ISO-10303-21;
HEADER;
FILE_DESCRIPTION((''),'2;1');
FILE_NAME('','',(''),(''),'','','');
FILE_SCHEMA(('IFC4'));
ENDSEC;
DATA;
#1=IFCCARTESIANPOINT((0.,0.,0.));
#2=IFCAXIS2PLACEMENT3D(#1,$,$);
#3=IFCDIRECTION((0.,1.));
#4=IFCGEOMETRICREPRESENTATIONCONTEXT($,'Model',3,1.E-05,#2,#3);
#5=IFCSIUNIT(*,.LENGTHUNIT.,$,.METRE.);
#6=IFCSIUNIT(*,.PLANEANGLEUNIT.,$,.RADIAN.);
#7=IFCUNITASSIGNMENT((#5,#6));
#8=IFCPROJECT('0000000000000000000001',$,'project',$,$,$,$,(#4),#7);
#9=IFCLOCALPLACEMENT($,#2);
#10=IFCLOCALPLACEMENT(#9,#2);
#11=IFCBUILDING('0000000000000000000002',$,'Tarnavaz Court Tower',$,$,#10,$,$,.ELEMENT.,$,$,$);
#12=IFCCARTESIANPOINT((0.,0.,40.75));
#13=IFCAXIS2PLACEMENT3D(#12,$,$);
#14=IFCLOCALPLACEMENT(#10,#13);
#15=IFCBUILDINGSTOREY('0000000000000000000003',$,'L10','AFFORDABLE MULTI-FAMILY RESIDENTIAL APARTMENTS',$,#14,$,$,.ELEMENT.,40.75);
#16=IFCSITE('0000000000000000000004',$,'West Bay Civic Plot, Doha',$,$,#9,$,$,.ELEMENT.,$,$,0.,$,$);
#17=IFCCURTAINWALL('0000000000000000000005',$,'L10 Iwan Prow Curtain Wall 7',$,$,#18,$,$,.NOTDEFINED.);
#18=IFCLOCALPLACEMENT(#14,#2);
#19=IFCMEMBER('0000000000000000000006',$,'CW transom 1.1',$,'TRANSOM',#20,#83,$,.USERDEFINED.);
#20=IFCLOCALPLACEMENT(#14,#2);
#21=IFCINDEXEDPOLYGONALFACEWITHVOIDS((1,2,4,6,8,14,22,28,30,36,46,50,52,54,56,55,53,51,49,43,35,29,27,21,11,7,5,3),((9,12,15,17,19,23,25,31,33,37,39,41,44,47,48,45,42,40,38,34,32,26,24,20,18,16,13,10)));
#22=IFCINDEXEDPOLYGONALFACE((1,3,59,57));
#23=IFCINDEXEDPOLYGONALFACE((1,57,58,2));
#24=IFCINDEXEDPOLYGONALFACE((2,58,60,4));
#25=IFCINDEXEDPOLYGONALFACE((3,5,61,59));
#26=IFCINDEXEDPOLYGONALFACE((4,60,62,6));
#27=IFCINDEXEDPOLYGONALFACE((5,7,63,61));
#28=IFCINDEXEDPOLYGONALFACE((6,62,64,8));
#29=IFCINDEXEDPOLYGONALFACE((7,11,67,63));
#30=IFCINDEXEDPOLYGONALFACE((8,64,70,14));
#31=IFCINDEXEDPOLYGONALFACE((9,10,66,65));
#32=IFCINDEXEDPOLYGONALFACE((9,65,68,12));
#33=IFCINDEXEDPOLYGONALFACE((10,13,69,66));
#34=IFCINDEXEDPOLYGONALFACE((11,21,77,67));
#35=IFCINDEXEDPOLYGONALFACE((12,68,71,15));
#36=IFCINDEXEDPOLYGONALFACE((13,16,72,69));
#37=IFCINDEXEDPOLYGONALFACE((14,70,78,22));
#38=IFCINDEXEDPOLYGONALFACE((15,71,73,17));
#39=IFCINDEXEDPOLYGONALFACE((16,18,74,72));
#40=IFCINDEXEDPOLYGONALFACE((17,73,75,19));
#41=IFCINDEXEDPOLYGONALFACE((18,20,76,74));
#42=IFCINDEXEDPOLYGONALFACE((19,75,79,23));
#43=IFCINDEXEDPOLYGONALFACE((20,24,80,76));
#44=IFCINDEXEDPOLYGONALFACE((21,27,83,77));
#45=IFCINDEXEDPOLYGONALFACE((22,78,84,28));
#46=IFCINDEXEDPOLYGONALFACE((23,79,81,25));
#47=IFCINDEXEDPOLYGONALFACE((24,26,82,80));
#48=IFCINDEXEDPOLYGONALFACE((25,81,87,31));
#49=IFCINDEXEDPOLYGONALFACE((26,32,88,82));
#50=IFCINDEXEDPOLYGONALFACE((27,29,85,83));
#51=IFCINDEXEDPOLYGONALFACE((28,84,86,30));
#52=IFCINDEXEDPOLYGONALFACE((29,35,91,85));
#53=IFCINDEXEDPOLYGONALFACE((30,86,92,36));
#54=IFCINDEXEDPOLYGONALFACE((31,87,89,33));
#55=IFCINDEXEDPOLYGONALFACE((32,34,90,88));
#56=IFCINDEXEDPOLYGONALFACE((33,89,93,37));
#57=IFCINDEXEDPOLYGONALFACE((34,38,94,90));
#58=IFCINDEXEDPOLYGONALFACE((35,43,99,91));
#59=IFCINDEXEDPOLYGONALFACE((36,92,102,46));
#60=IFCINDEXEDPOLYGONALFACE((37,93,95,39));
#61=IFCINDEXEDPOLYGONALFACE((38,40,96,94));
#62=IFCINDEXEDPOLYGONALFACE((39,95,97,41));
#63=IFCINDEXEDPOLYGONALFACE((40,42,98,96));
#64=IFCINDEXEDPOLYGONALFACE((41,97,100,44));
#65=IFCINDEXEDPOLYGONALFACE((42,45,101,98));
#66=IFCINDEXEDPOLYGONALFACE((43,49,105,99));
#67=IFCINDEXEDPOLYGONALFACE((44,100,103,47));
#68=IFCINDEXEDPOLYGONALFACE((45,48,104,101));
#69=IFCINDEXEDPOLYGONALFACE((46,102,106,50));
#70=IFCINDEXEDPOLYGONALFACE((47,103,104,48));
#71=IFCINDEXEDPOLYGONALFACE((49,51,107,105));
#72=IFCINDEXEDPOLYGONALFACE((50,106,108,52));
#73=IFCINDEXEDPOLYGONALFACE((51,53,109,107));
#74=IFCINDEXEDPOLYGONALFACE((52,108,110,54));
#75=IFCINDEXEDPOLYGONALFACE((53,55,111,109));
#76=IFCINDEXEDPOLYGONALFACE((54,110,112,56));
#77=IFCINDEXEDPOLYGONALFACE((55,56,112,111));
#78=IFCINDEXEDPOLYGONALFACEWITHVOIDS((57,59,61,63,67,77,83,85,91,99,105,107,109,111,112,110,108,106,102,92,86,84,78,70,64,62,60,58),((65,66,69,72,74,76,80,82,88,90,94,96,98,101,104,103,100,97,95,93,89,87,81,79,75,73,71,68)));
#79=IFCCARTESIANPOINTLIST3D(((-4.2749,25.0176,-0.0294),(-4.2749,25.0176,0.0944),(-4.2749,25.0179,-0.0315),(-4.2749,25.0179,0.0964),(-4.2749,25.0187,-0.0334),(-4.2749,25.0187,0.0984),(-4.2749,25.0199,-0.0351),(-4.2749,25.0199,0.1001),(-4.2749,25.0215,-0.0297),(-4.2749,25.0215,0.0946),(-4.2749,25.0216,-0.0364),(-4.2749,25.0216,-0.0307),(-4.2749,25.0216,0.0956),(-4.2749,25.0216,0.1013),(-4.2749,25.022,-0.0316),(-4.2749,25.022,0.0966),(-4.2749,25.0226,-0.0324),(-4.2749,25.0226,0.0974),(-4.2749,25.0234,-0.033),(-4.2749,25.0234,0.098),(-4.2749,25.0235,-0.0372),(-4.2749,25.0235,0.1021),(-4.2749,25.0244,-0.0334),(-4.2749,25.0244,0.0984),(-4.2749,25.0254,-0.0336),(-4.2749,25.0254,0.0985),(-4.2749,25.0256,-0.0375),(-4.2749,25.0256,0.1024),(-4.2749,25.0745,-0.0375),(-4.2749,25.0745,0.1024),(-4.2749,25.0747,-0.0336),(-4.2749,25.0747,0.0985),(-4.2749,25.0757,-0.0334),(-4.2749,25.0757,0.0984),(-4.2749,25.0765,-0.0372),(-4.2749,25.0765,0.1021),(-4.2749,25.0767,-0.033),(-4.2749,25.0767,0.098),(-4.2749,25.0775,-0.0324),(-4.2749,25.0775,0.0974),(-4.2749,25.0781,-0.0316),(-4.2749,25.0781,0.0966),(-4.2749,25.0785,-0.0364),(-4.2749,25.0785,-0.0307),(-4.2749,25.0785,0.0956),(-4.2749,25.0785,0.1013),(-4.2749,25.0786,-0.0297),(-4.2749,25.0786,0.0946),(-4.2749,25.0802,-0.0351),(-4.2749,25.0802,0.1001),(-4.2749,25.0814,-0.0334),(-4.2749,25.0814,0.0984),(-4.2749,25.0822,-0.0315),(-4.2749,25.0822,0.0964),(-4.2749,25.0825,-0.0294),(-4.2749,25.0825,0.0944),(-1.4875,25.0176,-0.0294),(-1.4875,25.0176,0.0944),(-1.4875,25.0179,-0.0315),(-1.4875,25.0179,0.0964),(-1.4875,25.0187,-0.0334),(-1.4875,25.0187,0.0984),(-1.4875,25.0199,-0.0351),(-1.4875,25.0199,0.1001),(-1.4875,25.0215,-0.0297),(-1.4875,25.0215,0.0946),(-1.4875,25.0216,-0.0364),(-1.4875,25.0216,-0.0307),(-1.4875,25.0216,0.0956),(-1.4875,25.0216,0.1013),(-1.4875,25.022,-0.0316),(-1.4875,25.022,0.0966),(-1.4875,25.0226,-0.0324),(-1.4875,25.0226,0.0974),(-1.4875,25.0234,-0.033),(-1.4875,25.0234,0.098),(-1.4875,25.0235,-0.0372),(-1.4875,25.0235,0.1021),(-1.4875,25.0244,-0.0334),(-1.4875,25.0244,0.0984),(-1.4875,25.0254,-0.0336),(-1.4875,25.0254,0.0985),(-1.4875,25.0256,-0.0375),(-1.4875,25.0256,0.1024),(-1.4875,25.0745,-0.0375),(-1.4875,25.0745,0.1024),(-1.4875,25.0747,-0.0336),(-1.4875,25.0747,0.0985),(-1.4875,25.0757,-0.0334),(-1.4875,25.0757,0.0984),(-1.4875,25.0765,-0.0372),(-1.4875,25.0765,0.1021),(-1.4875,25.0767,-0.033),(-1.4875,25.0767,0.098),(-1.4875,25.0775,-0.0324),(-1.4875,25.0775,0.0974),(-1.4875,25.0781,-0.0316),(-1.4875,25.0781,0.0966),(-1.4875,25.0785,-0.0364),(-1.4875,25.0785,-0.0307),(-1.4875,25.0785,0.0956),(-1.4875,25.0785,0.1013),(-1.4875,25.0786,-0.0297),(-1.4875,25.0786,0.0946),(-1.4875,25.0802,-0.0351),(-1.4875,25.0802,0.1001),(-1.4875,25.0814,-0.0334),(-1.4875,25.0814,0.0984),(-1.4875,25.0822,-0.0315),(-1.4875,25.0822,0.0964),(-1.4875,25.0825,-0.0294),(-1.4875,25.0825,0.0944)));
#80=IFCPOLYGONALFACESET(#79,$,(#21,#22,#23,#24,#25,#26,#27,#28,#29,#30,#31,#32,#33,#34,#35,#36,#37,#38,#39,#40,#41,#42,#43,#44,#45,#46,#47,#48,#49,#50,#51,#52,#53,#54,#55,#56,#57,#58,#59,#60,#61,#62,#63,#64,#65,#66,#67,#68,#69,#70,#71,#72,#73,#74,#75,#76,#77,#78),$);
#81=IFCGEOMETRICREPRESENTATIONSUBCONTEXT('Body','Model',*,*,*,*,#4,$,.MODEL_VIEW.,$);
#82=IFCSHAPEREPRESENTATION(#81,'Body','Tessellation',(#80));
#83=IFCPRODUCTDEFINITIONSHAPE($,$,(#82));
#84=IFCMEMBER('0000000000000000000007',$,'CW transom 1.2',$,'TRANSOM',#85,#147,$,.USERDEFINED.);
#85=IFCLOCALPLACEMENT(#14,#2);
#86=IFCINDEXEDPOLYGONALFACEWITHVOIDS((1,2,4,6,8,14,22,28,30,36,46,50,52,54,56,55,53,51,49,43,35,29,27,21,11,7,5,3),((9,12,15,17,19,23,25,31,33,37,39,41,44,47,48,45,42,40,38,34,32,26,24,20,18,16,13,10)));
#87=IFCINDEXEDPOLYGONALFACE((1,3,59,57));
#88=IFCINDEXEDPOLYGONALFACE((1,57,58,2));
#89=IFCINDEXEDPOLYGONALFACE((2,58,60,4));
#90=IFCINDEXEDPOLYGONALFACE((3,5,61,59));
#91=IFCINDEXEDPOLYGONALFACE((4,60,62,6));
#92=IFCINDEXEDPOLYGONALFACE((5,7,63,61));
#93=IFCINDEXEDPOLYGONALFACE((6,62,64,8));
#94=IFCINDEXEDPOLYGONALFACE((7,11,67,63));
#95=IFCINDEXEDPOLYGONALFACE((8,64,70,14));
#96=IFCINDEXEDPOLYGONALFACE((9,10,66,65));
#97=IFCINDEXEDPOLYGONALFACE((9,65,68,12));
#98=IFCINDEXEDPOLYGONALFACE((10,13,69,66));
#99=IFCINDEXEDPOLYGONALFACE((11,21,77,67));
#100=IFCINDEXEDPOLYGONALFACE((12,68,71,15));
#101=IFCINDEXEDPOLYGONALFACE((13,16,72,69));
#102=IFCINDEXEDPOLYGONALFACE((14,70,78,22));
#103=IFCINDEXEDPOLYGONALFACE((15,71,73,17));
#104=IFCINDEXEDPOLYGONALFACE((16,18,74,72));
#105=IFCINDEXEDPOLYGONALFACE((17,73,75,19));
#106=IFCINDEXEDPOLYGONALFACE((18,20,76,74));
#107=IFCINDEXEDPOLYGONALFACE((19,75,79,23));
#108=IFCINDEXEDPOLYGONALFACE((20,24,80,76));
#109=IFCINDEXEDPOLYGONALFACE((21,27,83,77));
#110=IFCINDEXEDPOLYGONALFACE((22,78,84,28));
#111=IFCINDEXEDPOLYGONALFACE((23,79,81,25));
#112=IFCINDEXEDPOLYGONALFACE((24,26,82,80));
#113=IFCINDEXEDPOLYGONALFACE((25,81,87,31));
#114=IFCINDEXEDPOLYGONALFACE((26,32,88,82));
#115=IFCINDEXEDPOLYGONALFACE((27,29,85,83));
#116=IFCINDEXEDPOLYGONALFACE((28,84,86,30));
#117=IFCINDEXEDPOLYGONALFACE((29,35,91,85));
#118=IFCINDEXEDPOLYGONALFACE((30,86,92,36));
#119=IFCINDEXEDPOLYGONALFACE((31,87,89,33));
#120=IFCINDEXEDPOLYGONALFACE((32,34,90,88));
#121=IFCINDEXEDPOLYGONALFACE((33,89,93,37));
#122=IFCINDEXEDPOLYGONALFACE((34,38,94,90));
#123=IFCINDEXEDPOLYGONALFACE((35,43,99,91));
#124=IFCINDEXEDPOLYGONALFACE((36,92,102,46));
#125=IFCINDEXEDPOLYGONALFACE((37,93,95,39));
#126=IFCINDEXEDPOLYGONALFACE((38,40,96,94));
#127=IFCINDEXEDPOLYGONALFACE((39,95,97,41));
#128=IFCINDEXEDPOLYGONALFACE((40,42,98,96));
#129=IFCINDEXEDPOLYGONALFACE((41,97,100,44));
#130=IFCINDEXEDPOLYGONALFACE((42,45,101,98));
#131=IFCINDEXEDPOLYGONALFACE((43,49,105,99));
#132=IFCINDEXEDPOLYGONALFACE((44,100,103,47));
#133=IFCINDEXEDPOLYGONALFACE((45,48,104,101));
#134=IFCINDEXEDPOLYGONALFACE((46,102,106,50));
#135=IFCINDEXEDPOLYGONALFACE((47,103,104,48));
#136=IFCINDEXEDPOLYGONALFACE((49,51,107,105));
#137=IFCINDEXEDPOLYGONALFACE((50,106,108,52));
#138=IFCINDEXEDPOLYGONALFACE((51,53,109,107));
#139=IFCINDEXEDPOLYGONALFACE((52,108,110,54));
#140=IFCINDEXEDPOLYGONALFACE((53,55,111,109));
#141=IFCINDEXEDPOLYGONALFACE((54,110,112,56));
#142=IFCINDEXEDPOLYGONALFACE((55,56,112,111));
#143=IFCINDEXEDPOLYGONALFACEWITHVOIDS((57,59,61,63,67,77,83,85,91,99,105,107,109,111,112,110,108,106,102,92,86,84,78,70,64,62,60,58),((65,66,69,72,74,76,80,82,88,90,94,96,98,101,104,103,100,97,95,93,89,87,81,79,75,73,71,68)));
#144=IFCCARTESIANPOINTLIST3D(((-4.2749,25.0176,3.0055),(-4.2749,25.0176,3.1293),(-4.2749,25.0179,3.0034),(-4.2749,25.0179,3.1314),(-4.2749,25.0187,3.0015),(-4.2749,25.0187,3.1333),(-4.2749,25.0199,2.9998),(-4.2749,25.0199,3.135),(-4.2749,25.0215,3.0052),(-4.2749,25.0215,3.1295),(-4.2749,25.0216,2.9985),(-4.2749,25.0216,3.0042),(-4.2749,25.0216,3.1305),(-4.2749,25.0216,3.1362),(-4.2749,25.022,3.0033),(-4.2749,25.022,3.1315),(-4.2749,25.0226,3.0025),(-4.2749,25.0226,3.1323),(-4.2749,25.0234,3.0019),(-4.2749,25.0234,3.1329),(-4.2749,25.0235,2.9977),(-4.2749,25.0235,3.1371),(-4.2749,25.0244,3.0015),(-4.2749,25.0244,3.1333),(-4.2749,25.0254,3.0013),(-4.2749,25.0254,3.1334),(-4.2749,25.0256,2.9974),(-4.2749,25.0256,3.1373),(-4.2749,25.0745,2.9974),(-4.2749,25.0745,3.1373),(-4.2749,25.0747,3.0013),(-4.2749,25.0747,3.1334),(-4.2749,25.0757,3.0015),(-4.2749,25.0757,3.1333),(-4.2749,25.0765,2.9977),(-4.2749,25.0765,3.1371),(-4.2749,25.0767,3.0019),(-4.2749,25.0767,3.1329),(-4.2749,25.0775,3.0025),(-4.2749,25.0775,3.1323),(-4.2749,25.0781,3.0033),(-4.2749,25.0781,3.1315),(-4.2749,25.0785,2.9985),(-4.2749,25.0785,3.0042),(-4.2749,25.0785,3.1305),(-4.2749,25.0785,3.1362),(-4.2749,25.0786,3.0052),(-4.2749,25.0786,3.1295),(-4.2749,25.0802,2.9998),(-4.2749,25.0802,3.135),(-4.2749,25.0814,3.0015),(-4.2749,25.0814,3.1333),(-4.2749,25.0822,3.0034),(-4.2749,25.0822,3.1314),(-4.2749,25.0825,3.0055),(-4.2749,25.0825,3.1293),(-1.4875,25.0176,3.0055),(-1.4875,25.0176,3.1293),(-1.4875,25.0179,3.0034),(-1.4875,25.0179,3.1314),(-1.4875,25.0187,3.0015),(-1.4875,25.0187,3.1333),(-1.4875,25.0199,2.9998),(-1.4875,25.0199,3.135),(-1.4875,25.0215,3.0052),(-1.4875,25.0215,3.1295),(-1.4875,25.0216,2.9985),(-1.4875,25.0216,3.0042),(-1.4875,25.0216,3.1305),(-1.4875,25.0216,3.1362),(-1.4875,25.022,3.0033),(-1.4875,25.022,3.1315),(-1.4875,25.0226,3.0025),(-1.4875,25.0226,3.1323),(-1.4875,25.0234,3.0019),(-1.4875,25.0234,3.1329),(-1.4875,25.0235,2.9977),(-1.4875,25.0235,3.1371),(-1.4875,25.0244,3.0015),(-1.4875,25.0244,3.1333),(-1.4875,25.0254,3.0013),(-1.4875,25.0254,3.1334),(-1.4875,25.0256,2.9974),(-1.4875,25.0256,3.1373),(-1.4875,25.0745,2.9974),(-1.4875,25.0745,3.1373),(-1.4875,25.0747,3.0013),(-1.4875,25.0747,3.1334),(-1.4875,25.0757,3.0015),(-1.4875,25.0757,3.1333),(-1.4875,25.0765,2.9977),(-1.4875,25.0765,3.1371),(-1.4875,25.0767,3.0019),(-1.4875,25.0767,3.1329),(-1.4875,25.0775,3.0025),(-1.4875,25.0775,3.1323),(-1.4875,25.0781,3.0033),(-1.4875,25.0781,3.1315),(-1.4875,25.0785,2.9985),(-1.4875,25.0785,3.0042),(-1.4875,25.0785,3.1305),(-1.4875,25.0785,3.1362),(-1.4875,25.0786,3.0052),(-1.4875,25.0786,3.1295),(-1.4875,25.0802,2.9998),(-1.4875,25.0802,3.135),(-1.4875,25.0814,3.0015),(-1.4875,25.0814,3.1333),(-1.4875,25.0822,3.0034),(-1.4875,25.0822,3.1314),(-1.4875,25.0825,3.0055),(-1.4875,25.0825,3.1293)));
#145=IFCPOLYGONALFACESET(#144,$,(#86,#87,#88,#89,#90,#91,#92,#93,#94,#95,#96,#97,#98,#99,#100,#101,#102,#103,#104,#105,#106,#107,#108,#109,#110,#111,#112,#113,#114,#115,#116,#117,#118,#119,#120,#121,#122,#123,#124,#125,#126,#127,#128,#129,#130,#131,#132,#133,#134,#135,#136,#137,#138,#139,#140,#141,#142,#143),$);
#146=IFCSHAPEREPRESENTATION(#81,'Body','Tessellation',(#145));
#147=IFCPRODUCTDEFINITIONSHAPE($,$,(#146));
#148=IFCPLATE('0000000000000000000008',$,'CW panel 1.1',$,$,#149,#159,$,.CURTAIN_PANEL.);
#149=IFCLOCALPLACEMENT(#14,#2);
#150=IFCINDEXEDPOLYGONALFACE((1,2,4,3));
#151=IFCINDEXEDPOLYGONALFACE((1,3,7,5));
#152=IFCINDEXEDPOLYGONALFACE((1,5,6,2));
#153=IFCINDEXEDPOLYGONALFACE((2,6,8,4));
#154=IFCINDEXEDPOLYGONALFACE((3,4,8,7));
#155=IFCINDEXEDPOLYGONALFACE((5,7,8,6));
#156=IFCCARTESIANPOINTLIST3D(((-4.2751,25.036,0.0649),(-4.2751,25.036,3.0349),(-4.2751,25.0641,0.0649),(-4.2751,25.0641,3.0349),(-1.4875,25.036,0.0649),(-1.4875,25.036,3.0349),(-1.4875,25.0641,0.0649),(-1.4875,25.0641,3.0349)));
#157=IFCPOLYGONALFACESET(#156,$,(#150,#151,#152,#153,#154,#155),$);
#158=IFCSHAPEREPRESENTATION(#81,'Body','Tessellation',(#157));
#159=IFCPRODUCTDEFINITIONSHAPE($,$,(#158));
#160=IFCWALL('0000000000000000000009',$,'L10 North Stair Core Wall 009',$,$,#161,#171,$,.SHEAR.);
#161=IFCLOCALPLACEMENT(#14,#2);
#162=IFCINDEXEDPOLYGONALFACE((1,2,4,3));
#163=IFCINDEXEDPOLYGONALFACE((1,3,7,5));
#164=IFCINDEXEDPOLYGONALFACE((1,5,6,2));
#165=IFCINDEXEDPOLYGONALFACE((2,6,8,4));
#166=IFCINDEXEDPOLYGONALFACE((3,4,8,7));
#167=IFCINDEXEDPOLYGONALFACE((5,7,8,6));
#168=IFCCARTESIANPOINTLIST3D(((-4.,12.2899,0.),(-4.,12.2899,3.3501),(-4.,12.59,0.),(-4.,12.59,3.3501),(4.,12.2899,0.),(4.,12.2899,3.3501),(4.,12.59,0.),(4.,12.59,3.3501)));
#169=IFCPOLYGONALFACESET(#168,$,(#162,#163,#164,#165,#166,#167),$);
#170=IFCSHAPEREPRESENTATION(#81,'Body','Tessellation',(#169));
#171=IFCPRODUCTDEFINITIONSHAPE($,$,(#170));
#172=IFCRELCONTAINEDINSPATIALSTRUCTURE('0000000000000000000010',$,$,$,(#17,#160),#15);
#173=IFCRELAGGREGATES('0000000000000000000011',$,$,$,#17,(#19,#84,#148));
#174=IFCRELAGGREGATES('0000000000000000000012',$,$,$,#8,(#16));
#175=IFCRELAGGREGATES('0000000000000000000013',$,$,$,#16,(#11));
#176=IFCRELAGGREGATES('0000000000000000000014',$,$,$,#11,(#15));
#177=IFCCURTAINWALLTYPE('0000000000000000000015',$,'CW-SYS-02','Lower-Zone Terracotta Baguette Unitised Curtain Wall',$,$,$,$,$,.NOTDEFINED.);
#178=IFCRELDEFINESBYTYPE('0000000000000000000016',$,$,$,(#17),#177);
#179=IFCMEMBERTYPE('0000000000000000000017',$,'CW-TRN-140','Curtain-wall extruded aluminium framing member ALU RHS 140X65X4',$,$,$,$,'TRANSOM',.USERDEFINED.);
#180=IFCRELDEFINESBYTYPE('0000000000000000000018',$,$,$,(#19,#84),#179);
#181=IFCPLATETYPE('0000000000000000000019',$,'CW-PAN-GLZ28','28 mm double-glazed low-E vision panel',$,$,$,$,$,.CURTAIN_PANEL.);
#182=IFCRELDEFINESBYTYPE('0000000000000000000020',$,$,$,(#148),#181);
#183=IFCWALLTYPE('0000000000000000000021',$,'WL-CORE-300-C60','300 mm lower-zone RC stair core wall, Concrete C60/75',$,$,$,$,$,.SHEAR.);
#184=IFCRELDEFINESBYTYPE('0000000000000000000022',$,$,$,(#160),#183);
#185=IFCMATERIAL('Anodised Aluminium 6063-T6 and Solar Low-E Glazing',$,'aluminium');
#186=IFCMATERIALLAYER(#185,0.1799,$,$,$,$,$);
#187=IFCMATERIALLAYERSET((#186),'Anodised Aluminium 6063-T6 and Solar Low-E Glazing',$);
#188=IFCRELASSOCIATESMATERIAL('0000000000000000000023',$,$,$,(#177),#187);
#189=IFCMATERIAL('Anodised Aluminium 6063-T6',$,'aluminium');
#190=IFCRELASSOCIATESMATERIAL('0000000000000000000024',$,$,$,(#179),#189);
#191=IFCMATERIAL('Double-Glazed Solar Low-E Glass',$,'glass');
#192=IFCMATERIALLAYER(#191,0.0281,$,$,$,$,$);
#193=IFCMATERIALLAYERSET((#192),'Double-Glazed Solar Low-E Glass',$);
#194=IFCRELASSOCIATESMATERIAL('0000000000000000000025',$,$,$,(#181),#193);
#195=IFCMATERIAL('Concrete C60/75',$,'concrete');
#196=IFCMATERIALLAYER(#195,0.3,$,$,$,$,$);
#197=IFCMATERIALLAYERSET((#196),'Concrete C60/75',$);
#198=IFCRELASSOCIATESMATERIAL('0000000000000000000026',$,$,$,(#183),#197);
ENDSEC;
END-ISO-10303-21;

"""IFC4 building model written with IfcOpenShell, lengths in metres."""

from ifc_helpers import new_model, si_unit, direction, frame, frame_2d, origin, origin_2d, place, context, subcontext, project, spatial, rectangle, hollow_rectangle, extrude, material, layer, layer_set, material_profile, profile_set, type_object, element, aggregate, save


model = new_model("IFC4")

# Units and contexts
model_context = context("Model", 3, precision=1e-05, world=origin(), true_north=direction((0.0, 1.0)))
body_context = subcontext(model_context, "Body", "Model", "MODEL_VIEW")
ifc_project = project(units=[si_unit("LENGTHUNIT", "METRE"), si_unit("PLANEANGLEUNIT", "RADIAN")], contexts=[model_context])

# Site, building, storey
site_placement = place(None, origin())
site = spatial("IfcSite", under=ifc_project, at=site_placement, Name="West Bay Civic Plot, Doha", CompositionType="ELEMENT", RefElevation=0.0)
building_placement = place(site_placement, origin())
building = spatial("IfcBuilding", under=site, at=building_placement, Name="Tarnavaz Court Tower", CompositionType="ELEMENT")
storey_placement = place(building_placement, frame((0.0, 0.0, 40.75)))
storey = spatial("IfcBuildingStorey", under=building, at=storey_placement, Name="L10", Description="AFFORDABLE MULTI-FAMILY RESIDENTIAL APARTMENTS", CompositionType="ELEMENT", Elevation=40.75)

# Shared definitions
ifc_material_1 = material(Name="Concrete C60/75", Category="concrete")

# Curtain wall, members, plate
ifc_material_2 = material(Name="Anodised Aluminium 6063-T6 and Solar Low-E Glazing", Category="aluminium")
ifc_layer_1 = layer(ifc_material_2, 0.1799)
ifc_layer_set_1 = layer_set([ifc_layer_1], Name="Anodised Aluminium 6063-T6 and Solar Low-E Glazing")
curtain_wall_type = type_object("IfcCurtainWallType", Name="CW-SYS-02", Description="Lower-Zone Terracotta Baguette Unitised Curtain Wall", PredefinedType="NOTDEFINED", material=ifc_layer_set_1)
curtain_wall_placement = place(storey_placement, origin())
curtain_wall = element("IfcCurtainWall", 1, at=curtain_wall_placement, inside=storey, type_object=curtain_wall_type, Name="L10 Iwan Prow Curtain Wall 7", PredefinedType="NOTDEFINED")
ifc_material_3 = material(Name="Anodised Aluminium 6063-T6", Category="aluminium")
ifc_material_profile_1 = material_profile(ifc_material_3, hollow_rectangle(XDim=0.0649, YDim=0.1399, WallThickness=0.0039, InnerFilletRadius=0.0039, OuterFilletRadius=0.0081, at=origin_2d()), Name="ALU RHS 140X65X4")
ifc_profile_set_1 = profile_set([ifc_material_profile_1], Name="Anodised Aluminium 6063-T6")
member_type_1 = type_object("IfcMemberType", Name="CW-TRN-140", Description="Curtain-wall extruded aluminium framing member ALU RHS 140X65X4", ElementType="TRANSOM", PredefinedType="USERDEFINED", material=ifc_profile_set_1)
member_1_placement = place(storey_placement, frame((-4.2749, 25.05, 0.0325), z_axis=(1.0, 0.0, 0.0), x_axis=(0.0, 1.0, 0.0)))
member_1 = element("IfcMember", 2, at=member_1_placement, type_object=member_type_1, Name="CW transom 1.1", ObjectType="TRANSOM", PredefinedType="USERDEFINED", context=body_context, shape_type="SweptSolid", body=[
    extrude(hollow_rectangle(XDim=0.0649, YDim=0.1399, WallThickness=0.0039, InnerFilletRadius=0.0039, OuterFilletRadius=0.0081, at=origin_2d()), origin(), (0.0, 0.0, 1.0), 2.7874),
])
member_2_placement = place(storey_placement, frame((-4.2749, 25.05, 3.0674), z_axis=(1.0, 0.0, 0.0), x_axis=(0.0, 1.0, 0.0)))
member_2 = element("IfcMember", 3, at=member_2_placement, type_object=member_type_1, Name="CW transom 1.2", ObjectType="TRANSOM", PredefinedType="USERDEFINED", context=body_context, shape_type="SweptSolid", body=[
    extrude(hollow_rectangle(XDim=0.0649, YDim=0.1399, WallThickness=0.0039, InnerFilletRadius=0.0039, OuterFilletRadius=0.0081, at=origin_2d()), origin(), (0.0, 0.0, 1.0), 2.7874),
])
ifc_material_4 = material(Name="Double-Glazed Solar Low-E Glass", Category="glass")
ifc_layer_2 = layer(ifc_material_4, 0.0281)
ifc_layer_set_2 = layer_set([ifc_layer_2], Name="Double-Glazed Solar Low-E Glass")
plate_type = type_object("IfcPlateType", Name="CW-PAN-GLZ28", Description="28 mm double-glazed low-E vision panel", PredefinedType="CURTAIN_PANEL", material=ifc_layer_set_2)
plate_placement = place(storey_placement, frame((-2.8813, 25.05, 0.0649), z_axis=(0.0, 0.0, 1.0), x_axis=(1.0, 0.0, 0.0)))
plate = element("IfcPlate", 4, at=plate_placement, type_object=plate_type, Name="CW panel 1.1", PredefinedType="CURTAIN_PANEL", context=body_context, shape_type="SweptSolid", body=[
    extrude(rectangle(XDim=2.7876, YDim=0.0281, at=origin_2d()), origin(), (0.0, 0.0, 1.0), 2.97),
])
aggregate(curtain_wall, [member_1, member_2, plate])

# Wall
ifc_layer_3 = layer(ifc_material_1, 0.3)
ifc_layer_set_3 = layer_set([ifc_layer_3], Name="Concrete C60/75")
wall_type_1 = type_object("IfcWallType", Name="WL-CORE-300-C60", Description="300 mm lower-zone RC stair core wall, Concrete C60/75", PredefinedType="SHEAR", material=ifc_layer_set_3)
wall_1_placement = place(storey_placement, frame((-4.0, 12.4399, 0.0), z_axis=(0.0, 0.0, 1.0), x_axis=(1.0, 0.0, 0.0)))
element("IfcWall", 5, at=wall_1_placement, inside=storey, type_object=wall_type_1, Name="L10 North Stair Core Wall 009", PredefinedType="SHEAR", context=body_context, shape_type="SweptSolid", body=[
    extrude(rectangle(XDim=8.0, YDim=0.3, at=frame_2d((4.0, 0.0))), origin(), (0.0, 0.0, 1.0), 3.3501),
])

save(model, "model.ifc")
